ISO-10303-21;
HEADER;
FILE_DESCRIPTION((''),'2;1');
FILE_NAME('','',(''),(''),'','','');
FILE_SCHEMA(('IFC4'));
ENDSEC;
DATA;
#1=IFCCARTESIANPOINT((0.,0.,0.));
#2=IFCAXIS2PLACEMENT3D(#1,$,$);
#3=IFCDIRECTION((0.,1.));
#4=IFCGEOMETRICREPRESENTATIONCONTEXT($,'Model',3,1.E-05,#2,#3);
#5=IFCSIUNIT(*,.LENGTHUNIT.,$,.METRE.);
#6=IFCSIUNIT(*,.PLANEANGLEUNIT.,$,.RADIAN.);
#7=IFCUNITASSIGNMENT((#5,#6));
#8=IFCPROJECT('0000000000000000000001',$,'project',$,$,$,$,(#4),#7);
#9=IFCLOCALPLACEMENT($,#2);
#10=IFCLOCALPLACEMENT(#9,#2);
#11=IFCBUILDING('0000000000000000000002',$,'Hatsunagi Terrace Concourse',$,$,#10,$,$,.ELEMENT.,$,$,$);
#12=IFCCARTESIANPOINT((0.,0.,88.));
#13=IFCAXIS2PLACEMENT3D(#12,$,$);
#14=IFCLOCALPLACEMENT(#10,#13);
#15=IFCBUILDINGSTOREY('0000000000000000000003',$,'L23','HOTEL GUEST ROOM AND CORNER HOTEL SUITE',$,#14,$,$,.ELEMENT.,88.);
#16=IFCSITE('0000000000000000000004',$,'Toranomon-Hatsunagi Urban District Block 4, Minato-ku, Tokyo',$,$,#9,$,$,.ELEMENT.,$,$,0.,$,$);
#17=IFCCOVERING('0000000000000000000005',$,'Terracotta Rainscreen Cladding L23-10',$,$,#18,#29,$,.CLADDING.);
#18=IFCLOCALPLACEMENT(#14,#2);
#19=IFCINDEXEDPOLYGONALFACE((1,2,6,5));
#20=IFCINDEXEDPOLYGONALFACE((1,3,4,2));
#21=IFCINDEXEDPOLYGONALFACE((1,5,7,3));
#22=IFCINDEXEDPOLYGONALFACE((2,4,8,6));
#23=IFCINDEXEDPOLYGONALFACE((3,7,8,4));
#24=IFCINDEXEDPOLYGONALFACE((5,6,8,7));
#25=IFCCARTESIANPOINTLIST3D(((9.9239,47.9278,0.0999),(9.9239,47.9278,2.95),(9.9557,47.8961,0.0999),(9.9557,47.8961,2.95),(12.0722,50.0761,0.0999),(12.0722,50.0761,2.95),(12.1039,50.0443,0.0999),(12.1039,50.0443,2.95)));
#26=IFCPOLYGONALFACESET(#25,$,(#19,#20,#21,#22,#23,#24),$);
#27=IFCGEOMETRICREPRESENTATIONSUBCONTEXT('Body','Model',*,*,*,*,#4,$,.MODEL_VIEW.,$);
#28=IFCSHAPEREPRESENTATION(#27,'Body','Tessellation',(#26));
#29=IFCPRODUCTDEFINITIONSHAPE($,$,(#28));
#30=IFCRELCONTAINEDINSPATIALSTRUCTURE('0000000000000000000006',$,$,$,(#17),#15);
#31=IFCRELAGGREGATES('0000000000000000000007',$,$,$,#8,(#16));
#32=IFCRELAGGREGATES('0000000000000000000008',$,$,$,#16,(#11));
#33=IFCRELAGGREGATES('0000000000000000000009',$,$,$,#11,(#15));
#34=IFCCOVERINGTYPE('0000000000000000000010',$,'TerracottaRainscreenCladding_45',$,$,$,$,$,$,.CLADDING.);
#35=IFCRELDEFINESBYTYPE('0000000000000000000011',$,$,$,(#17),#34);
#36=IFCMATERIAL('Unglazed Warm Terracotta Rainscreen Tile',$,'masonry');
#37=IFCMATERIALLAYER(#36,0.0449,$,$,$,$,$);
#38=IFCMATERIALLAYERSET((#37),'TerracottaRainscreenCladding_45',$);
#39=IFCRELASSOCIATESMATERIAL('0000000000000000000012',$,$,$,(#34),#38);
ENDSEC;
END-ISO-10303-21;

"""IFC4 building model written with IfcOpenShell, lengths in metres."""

from ifc_helpers import new_model, si_unit, direction, frame, origin, origin_2d, place, context, subcontext, project, spatial, rectangle, extrude, material, layer, layer_set, type_object, element, save


model = new_model("IFC4")

# Units and contexts
model_context = context("Model", 3, precision=1e-05, world=origin(), true_north=direction((0.0, 1.0)))
body_context = subcontext(model_context, "Body", "Model", "MODEL_VIEW")
ifc_project = project(units=[si_unit("LENGTHUNIT", "METRE"), si_unit("PLANEANGLEUNIT", "RADIAN")], contexts=[model_context])

# Site, building, storey
site_placement = place(None, origin())
site = spatial("IfcSite", under=ifc_project, at=site_placement, Name="Toranomon-Hatsunagi Urban District Block 4, Minato-ku, Tokyo", CompositionType="ELEMENT", RefElevation=0.0)
building_placement = place(site_placement, origin())
building = spatial("IfcBuilding", under=site, at=building_placement, Name="Hatsunagi Terrace Concourse", CompositionType="ELEMENT")
storey_placement = place(building_placement, frame((0.0, 0.0, 88.0)))
storey = spatial("IfcBuildingStorey", under=building, at=storey_placement, Name="L23", Description="HOTEL GUEST ROOM AND CORNER HOTEL SUITE", CompositionType="ELEMENT", Elevation=88.0)

# Covering
ifc_material_1 = material(Name="Unglazed Warm Terracotta Rainscreen Tile", Category="masonry")
ifc_layer_1 = layer(ifc_material_1, 0.0449)
ifc_layer_set_1 = layer_set([ifc_layer_1], Name="TerracottaRainscreenCladding_45")
covering_type = type_object("IfcCoveringType", Name="TerracottaRainscreenCladding_45", PredefinedType="CLADDING", material=ifc_layer_set_1)
covering_placement = place(storey_placement, frame((11.0139, 48.9861, 0.0999), z_axis=(0.0, 0.0, 1.0), x_axis=(0.707107, 0.707107, 0.0)))
element("IfcCovering", 1, at=covering_placement, inside=storey, type_object=covering_type, Name="Terracotta Rainscreen Cladding L23-10", PredefinedType="CLADDING", context=body_context, shape_type="SweptSolid", body=[
    extrude(rectangle(XDim=3.0381, YDim=0.0449, at=origin_2d()), origin(), (0.0, 0.0, 1.0), 2.8501),
])

save(model, "model.ifc")
